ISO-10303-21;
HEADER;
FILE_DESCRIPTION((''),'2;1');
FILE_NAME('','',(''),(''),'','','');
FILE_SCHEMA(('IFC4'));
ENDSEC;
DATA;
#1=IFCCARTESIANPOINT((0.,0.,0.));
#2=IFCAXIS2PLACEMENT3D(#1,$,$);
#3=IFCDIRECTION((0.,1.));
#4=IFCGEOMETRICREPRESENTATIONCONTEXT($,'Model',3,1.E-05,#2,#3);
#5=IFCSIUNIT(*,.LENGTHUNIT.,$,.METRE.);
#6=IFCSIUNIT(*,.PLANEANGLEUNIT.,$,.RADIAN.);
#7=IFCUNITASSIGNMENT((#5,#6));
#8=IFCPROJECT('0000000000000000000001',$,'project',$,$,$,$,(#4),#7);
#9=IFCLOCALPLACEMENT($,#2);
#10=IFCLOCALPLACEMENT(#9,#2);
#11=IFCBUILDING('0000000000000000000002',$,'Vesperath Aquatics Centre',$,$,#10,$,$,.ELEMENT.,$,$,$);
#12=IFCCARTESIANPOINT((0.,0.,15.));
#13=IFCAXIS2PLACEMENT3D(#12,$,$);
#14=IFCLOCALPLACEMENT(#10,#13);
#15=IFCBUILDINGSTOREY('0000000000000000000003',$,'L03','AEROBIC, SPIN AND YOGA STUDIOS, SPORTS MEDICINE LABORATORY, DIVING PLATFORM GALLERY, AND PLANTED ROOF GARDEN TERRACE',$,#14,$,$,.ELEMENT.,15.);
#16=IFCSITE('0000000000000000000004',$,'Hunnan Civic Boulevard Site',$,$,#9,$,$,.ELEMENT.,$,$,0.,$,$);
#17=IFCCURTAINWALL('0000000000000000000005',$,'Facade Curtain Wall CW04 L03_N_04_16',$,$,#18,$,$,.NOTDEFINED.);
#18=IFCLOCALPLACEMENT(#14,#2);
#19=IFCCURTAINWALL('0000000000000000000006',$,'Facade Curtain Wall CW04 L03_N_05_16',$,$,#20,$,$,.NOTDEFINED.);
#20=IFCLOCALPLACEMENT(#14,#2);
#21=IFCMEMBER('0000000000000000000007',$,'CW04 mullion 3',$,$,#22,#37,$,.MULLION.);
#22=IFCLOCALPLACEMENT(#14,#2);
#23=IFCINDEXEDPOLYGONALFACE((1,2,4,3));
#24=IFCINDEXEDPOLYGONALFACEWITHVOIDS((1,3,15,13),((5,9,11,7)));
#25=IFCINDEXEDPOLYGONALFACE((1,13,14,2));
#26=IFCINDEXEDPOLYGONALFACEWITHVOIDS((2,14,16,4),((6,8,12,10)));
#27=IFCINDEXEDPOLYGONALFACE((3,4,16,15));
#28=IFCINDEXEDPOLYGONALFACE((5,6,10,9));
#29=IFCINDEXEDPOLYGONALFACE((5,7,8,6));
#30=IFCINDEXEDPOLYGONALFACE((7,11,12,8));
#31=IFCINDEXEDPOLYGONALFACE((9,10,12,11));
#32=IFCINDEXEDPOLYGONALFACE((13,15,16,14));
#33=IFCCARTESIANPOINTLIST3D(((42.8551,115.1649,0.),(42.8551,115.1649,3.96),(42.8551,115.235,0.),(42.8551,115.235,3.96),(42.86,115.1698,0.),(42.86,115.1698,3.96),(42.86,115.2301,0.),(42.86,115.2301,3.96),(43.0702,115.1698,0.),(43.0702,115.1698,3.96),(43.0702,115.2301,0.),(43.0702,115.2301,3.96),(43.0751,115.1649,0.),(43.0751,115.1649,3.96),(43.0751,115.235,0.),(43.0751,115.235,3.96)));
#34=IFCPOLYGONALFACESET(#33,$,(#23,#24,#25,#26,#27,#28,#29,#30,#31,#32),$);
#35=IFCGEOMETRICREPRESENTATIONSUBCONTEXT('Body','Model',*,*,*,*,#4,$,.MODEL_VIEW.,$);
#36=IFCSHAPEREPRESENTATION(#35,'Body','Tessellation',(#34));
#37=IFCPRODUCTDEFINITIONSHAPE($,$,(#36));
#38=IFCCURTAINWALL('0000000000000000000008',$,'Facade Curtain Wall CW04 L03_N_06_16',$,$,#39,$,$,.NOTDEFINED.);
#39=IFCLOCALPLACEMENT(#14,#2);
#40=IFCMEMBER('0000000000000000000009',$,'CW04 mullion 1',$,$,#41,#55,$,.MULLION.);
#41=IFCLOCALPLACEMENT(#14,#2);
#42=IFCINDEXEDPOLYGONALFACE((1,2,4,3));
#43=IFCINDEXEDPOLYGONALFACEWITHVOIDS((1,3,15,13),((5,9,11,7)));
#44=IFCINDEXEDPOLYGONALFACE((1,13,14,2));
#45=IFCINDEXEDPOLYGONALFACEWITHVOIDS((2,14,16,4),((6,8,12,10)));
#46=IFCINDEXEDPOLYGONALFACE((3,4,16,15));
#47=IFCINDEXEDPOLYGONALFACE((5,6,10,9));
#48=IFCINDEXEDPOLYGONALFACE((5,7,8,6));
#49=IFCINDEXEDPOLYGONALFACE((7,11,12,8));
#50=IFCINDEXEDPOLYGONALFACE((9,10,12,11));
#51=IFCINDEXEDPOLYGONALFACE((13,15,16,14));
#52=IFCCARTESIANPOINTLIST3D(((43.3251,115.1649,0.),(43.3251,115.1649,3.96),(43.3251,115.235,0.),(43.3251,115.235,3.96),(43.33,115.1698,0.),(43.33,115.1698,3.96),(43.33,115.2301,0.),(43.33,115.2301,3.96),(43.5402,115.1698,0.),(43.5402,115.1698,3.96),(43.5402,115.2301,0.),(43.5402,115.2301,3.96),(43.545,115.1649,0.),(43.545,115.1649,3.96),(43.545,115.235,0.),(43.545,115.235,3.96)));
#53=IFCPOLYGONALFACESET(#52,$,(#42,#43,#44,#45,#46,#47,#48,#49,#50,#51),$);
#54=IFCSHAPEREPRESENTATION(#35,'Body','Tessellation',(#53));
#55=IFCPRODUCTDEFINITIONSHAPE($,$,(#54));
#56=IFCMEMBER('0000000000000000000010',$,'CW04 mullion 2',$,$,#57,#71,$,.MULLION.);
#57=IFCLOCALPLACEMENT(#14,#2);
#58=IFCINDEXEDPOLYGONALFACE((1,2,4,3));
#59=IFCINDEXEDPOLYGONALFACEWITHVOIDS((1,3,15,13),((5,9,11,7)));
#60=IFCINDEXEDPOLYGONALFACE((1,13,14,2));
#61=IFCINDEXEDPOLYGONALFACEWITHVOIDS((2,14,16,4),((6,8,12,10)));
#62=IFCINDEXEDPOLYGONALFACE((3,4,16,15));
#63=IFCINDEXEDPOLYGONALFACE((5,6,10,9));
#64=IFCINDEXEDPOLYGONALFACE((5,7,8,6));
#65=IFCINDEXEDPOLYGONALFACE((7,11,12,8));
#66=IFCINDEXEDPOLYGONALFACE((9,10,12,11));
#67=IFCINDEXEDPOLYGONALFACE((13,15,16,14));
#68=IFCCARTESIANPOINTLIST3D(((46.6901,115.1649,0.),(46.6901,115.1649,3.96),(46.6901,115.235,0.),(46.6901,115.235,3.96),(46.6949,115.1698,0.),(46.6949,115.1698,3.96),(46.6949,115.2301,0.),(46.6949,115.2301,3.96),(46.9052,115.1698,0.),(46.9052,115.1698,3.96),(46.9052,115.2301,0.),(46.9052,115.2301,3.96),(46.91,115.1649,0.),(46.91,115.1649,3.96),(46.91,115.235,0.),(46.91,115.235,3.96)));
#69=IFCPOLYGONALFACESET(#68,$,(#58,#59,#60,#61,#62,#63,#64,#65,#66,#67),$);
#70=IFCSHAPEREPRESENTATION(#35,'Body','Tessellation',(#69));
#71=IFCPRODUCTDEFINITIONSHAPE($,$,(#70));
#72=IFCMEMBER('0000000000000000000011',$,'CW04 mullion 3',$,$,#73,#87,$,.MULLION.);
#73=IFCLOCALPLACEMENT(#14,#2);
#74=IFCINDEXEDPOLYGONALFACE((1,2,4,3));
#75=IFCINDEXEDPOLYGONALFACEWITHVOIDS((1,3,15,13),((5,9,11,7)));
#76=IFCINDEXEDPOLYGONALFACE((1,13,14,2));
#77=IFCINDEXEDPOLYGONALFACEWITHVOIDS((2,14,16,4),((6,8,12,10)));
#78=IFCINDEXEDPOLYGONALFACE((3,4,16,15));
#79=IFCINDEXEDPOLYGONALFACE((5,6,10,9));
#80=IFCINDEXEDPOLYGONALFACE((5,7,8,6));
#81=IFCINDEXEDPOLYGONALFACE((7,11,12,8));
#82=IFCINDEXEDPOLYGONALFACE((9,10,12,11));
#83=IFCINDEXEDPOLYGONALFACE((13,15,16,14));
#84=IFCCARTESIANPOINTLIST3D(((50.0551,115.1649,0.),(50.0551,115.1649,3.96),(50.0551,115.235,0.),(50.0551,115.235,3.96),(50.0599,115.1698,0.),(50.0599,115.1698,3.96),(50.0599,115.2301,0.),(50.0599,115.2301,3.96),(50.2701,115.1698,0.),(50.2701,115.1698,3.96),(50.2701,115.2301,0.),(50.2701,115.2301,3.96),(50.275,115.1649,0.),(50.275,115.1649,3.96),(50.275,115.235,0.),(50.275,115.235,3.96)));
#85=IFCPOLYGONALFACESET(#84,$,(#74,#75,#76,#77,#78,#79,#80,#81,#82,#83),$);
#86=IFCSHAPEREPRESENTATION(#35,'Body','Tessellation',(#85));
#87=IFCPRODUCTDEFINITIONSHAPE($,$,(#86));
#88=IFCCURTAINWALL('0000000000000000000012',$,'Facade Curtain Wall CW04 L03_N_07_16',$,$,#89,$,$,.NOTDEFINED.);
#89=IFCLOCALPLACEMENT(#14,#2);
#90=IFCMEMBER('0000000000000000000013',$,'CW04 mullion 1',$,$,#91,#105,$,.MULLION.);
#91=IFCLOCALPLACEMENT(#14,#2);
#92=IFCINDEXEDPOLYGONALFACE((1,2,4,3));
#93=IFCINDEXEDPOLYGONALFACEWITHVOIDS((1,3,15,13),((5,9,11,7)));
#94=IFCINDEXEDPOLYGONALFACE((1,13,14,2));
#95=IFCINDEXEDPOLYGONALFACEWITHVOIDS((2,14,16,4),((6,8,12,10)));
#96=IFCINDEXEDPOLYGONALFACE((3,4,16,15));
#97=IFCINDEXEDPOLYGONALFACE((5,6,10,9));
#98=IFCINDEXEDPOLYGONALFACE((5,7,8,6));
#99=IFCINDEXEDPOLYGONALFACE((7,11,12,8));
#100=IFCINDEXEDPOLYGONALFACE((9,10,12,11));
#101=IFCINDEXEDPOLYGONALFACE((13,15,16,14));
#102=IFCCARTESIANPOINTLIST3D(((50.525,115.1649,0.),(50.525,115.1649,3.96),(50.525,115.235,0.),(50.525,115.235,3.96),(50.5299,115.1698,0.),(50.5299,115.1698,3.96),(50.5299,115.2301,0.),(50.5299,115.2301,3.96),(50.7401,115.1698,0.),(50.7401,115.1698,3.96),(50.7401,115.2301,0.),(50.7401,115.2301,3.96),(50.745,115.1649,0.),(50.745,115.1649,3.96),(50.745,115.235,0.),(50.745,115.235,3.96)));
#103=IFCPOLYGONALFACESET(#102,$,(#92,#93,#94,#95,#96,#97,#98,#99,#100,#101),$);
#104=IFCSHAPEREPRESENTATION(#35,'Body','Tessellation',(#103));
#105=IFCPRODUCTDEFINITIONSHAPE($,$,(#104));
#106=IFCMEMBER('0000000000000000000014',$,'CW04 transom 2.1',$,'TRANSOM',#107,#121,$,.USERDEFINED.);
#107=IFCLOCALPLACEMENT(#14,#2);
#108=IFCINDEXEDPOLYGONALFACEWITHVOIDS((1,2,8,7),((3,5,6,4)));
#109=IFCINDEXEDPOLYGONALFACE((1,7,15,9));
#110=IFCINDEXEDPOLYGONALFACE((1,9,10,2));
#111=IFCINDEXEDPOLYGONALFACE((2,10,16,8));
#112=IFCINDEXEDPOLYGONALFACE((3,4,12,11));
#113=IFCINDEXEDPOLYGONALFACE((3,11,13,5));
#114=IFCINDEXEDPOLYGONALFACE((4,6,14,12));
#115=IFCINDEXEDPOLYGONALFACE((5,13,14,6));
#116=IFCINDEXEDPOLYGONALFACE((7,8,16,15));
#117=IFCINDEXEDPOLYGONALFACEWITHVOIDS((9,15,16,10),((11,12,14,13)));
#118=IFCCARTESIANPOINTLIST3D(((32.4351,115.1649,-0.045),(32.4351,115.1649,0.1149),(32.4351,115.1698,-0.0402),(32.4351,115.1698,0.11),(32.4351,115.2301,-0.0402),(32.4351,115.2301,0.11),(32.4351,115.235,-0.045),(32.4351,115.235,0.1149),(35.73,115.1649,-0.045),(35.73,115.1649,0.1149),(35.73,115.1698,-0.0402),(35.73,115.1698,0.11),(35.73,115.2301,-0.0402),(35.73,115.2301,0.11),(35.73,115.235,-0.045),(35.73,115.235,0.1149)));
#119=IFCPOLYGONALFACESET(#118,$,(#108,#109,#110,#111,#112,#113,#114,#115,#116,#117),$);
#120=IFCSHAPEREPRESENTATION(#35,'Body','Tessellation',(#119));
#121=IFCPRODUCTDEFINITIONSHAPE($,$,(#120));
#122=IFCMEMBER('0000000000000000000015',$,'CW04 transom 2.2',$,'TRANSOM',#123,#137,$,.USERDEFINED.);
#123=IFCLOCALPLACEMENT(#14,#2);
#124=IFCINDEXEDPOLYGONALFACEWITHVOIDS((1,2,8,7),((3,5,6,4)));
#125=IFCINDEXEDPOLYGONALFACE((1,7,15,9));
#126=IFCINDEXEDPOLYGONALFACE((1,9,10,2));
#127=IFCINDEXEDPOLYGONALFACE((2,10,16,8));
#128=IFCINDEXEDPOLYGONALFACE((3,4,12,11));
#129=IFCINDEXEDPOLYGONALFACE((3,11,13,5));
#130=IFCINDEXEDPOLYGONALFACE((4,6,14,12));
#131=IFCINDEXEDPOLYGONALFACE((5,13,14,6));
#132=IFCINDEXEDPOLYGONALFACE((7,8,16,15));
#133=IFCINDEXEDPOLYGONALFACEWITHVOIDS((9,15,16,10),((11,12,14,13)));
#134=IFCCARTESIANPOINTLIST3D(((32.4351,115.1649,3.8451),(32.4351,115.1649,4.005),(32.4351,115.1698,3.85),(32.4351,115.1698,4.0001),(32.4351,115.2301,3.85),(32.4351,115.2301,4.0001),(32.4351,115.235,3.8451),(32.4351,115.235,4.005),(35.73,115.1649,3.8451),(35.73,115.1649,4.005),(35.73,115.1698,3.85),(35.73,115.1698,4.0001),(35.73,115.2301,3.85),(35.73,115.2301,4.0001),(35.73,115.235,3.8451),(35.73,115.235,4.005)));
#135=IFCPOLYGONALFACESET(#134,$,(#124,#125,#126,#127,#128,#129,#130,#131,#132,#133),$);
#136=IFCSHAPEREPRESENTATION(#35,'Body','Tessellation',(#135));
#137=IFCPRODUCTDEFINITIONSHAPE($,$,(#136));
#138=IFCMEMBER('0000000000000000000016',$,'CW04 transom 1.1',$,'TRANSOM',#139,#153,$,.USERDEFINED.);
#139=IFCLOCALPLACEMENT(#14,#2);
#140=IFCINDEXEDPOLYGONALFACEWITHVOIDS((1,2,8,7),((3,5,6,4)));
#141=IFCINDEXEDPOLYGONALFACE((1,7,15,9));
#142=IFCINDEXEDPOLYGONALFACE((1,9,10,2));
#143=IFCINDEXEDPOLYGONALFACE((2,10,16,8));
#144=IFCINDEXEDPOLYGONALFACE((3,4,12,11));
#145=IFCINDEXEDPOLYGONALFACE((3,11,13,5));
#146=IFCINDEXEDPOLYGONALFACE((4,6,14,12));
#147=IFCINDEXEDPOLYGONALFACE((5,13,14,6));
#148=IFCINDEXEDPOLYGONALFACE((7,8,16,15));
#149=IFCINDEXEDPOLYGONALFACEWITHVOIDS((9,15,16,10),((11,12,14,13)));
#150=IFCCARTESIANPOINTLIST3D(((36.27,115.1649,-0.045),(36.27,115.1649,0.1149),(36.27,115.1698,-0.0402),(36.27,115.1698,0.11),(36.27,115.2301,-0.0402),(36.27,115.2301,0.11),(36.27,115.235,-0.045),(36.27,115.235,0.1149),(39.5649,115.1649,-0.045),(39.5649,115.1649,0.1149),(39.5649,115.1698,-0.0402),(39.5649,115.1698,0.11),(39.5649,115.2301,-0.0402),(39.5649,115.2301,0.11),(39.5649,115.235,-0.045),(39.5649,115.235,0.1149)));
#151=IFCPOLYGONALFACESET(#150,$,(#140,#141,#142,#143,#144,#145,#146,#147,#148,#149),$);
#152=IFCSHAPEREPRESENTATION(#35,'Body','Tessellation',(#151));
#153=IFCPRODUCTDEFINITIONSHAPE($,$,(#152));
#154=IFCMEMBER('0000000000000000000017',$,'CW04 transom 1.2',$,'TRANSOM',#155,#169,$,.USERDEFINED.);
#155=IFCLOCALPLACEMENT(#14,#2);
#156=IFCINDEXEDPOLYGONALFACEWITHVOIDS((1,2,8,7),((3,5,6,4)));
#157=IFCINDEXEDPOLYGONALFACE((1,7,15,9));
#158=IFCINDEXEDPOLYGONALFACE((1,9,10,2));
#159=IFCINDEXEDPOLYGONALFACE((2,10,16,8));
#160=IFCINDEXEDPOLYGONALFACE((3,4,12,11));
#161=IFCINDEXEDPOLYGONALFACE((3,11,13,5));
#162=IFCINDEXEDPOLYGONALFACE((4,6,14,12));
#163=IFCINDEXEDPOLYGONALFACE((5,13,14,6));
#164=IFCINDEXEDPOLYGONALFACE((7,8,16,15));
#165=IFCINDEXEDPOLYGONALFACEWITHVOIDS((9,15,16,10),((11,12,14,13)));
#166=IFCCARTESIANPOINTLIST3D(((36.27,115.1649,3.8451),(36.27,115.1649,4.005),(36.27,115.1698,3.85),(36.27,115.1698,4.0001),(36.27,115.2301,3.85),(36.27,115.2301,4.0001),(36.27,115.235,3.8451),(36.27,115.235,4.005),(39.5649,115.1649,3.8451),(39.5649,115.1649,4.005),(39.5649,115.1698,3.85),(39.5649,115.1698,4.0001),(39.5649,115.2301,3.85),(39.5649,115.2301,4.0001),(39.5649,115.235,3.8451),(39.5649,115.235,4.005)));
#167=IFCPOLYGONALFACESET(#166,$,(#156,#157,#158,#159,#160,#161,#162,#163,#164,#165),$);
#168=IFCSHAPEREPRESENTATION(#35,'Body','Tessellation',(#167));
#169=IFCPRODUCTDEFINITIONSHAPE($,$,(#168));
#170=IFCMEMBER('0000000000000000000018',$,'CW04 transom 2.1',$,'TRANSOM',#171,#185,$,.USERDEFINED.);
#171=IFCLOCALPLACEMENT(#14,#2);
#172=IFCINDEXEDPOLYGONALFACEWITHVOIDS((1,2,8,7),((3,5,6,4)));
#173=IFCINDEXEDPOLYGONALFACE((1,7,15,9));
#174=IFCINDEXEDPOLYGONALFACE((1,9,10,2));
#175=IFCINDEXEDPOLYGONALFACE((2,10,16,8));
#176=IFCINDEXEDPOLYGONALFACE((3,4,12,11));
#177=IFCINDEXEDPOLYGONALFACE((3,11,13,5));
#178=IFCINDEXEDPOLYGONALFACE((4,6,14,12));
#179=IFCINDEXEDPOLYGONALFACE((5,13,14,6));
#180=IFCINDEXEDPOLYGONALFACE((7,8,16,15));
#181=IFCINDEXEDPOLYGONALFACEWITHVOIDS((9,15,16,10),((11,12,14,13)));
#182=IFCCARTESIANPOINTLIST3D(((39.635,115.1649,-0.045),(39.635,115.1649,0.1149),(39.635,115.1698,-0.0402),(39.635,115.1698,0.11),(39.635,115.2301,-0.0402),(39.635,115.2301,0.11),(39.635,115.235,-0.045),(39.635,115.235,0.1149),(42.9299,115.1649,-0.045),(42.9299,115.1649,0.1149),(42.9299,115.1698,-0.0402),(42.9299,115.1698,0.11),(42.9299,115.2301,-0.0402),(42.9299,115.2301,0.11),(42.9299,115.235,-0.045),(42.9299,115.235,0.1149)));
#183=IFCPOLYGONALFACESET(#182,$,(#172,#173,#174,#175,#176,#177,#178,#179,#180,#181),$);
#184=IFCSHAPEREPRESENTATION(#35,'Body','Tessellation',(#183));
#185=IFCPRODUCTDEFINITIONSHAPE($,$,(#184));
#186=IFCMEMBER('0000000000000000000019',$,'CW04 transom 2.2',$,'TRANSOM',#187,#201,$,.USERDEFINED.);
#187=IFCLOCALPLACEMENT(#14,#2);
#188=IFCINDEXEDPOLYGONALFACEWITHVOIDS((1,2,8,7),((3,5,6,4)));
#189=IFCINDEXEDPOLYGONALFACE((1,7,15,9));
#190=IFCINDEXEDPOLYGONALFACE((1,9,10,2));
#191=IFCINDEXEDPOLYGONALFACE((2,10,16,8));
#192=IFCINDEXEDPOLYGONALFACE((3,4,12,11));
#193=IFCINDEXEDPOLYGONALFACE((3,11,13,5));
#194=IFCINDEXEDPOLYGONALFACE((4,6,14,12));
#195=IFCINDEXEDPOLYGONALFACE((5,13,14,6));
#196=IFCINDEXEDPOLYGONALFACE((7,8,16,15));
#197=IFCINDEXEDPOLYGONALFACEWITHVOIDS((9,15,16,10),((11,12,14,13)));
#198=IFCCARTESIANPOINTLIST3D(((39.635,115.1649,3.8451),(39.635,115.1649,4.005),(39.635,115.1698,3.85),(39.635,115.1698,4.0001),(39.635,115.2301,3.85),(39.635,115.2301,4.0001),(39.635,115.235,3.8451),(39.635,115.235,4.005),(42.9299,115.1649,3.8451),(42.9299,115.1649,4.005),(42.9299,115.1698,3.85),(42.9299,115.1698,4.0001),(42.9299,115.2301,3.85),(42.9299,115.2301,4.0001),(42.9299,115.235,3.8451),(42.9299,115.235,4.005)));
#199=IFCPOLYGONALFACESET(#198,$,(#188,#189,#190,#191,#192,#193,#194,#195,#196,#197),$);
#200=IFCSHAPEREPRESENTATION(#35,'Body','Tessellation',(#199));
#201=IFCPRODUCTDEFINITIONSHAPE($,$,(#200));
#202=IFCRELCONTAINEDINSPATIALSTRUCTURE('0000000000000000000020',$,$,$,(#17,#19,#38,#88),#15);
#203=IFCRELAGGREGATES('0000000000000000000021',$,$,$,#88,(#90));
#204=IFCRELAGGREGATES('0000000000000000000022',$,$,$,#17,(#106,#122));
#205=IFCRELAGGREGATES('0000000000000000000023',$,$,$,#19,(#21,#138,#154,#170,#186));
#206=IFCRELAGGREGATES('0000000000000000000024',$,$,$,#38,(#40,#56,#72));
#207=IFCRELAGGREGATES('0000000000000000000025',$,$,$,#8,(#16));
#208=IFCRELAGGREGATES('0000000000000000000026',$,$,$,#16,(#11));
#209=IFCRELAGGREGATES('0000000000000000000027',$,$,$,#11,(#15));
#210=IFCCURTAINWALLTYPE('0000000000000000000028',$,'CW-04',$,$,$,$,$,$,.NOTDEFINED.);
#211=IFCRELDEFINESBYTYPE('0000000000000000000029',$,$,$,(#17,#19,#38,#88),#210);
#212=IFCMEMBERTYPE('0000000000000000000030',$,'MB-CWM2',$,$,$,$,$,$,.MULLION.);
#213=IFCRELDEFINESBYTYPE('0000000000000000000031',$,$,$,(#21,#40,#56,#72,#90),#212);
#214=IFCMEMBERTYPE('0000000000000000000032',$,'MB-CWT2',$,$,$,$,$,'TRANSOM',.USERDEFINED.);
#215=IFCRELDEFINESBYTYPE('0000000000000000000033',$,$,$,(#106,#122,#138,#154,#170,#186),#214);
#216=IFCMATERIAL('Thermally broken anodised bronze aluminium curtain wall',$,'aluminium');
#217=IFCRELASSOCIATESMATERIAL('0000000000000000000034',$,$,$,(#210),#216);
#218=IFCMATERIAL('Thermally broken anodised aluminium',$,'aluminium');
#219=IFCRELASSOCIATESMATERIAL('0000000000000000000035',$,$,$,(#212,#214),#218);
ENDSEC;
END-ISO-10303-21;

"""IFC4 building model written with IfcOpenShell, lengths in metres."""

from ifc_helpers import new_model, si_unit, direction, frame, origin, origin_2d, place, context, subcontext, project, spatial, hollow_rectangle, extrude, material, material_profile, profile_set, type_object, element, aggregate, save


model = new_model("IFC4")

# Units and contexts
model_context = context("Model", 3, precision=1e-05, world=origin(), true_north=direction((0.0, 1.0)))
body_context = subcontext(model_context, "Body", "Model", "MODEL_VIEW")
ifc_project = project(units=[si_unit("LENGTHUNIT", "METRE"), si_unit("PLANEANGLEUNIT", "RADIAN")], contexts=[model_context])

# Site, building, storey
site_placement = place(None, origin())
site = spatial("IfcSite", under=ifc_project, at=site_placement, Name="Hunnan Civic Boulevard Site", CompositionType="ELEMENT", RefElevation=0.0)
building_placement = place(site_placement, origin())
building = spatial("IfcBuilding", under=site, at=building_placement, Name="Vesperath Aquatics Centre", CompositionType="ELEMENT")
storey_placement = place(building_placement, frame((0.0, 0.0, 15.0)))
storey = spatial("IfcBuildingStorey", under=building, at=storey_placement, Name="L03", Description="AEROBIC, SPIN AND YOGA STUDIOS, SPORTS MEDICINE LABORATORY, DIVING PLATFORM GALLERY, AND PLANTED ROOF GARDEN TERRACE", CompositionType="ELEMENT", Elevation=15.0)

# Curtain wall
ifc_material_1 = material(Name="Thermally broken anodised bronze aluminium curtain wall", Category="aluminium")
curtain_wall_type = type_object("IfcCurtainWallType", Name="CW-04", PredefinedType="NOTDEFINED", material=ifc_material_1)
curtain_wall_1_placement = place(storey_placement, origin())
curtain_wall_1 = element("IfcCurtainWall", 1, at=curtain_wall_1_placement, inside=storey, type_object=curtain_wall_type, Name="Facade Curtain Wall CW04 L03_N_04_16", PredefinedType="NOTDEFINED")
ifc_material_2 = material(Name="Thermally broken anodised aluminium", Category="aluminium")
ifc_material_profile_1 = material_profile(ifc_material_2, hollow_rectangle(XDim=0.0701, YDim=0.22, WallThickness=0.0049, at=origin_2d()), Name="CWM 70x220x5")
ifc_profile_set_1 = profile_set([ifc_material_profile_1], Name="Thermally broken anodised aluminium")
member_type_1 = type_object("IfcMemberType", Name="MB-CWM2", PredefinedType="MULLION", material=ifc_profile_set_1)

# Curtain walls, members
curtain_wall_2_placement = place(storey_placement, origin())
curtain_wall_2 = element("IfcCurtainWall", 2, at=curtain_wall_2_placement, inside=storey, type_object=curtain_wall_type, Name="Facade Curtain Wall CW04 L03_N_05_16", PredefinedType="NOTDEFINED")
member_1_placement = place(storey_placement, frame((42.9651, 115.2, 0.0), z_axis=(0.0, 0.0, 1.0), x_axis=(0.0, 1.0, 0.0)))
member_1 = element("IfcMember", 3, at=member_1_placement, type_object=member_type_1, Name="CW04 mullion 3", PredefinedType="MULLION", context=body_context, shape_type="SweptSolid", body=[
    extrude(hollow_rectangle(XDim=0.0701, YDim=0.22, WallThickness=0.0049, at=origin_2d()), origin(), (0.0, 0.0, 1.0), 3.96),
])
curtain_wall_3_placement = place(storey_placement, origin())
curtain_wall_3 = element("IfcCurtainWall", 4, at=curtain_wall_3_placement, inside=storey, type_object=curtain_wall_type, Name="Facade Curtain Wall CW04 L03_N_06_16", PredefinedType="NOTDEFINED")
member_2_placement = place(storey_placement, frame((43.4351, 115.2, 0.0), z_axis=(0.0, 0.0, 1.0), x_axis=(0.0, 1.0, 0.0)))
member_2 = element("IfcMember", 5, at=member_2_placement, type_object=member_type_1, Name="CW04 mullion 1", PredefinedType="MULLION", context=body_context, shape_type="SweptSolid", body=[
    extrude(hollow_rectangle(XDim=0.0701, YDim=0.22, WallThickness=0.0049, at=origin_2d()), origin(), (0.0, 0.0, 1.0), 3.96),
])
member_3_placement = place(storey_placement, frame((46.8, 115.2, 0.0), z_axis=(0.0, 0.0, 1.0), x_axis=(0.0, 1.0, 0.0)))
member_3 = element("IfcMember", 6, at=member_3_placement, type_object=member_type_1, Name="CW04 mullion 2", PredefinedType="MULLION", context=body_context, shape_type="SweptSolid", body=[
    extrude(hollow_rectangle(XDim=0.0701, YDim=0.22, WallThickness=0.0049, at=origin_2d()), origin(), (0.0, 0.0, 1.0), 3.96),
])
member_4_placement = place(storey_placement, frame((50.165, 115.2, 0.0), z_axis=(0.0, 0.0, 1.0), x_axis=(0.0, 1.0, 0.0)))
member_4 = element("IfcMember", 7, at=member_4_placement, type_object=member_type_1, Name="CW04 mullion 3", PredefinedType="MULLION", context=body_context, shape_type="SweptSolid", body=[
    extrude(hollow_rectangle(XDim=0.0701, YDim=0.22, WallThickness=0.0049, at=origin_2d()), origin(), (0.0, 0.0, 1.0), 3.96),
])

# Curtain wall, member
curtain_wall_4_placement = place(storey_placement, origin())
curtain_wall_4 = element("IfcCurtainWall", 8, at=curtain_wall_4_placement, inside=storey, type_object=curtain_wall_type, Name="Facade Curtain Wall CW04 L03_N_07_16", PredefinedType="NOTDEFINED")
member_5_placement = place(storey_placement, frame((50.635, 115.2, 0.0), z_axis=(0.0, 0.0, 1.0), x_axis=(0.0, 1.0, 0.0)))
member_5 = element("IfcMember", 9, at=member_5_placement, type_object=member_type_1, Name="CW04 mullion 1", PredefinedType="MULLION", context=body_context, shape_type="SweptSolid", body=[
    extrude(hollow_rectangle(XDim=0.0701, YDim=0.22, WallThickness=0.0049, at=origin_2d()), origin(), (0.0, 0.0, 1.0), 3.96),
])
aggregate(curtain_wall_4, [member_5])

# Members
ifc_material_profile_2 = material_profile(ifc_material_2, hollow_rectangle(XDim=0.0701, YDim=0.1599, WallThickness=0.0049, at=origin_2d()), Name="CWT 70x160x5")
ifc_profile_set_2 = profile_set([ifc_material_profile_2], Name="Thermally broken anodised aluminium")
member_type_2 = type_object("IfcMemberType", Name="MB-CWT2", ElementType="TRANSOM", PredefinedType="USERDEFINED", material=ifc_profile_set_2)
member_6_placement = place(storey_placement, frame((32.4351, 115.2, 0.0349), z_axis=(1.0, 0.0, 0.0), x_axis=(0.0, 1.0, 0.0)))
member_6 = element("IfcMember", 10, at=member_6_placement, type_object=member_type_2, Name="CW04 transom 2.1", ObjectType="TRANSOM", PredefinedType="USERDEFINED", context=body_context, shape_type="SweptSolid", body=[
    extrude(hollow_rectangle(XDim=0.0701, YDim=0.1599, WallThickness=0.0049, at=origin_2d()), origin(), (0.0, 0.0, 1.0), 3.2949),
])
member_7_placement = place(storey_placement, frame((32.4351, 115.2, 3.925), z_axis=(1.0, 0.0, 0.0), x_axis=(0.0, 1.0, 0.0)))
member_7 = element("IfcMember", 11, at=member_7_placement, type_object=member_type_2, Name="CW04 transom 2.2", ObjectType="TRANSOM", PredefinedType="USERDEFINED", context=body_context, shape_type="SweptSolid", body=[
    extrude(hollow_rectangle(XDim=0.0701, YDim=0.1599, WallThickness=0.0049, at=origin_2d()), origin(), (0.0, 0.0, 1.0), 3.2949),
])
member_8_placement = place(storey_placement, frame((36.27, 115.2, 0.0349), z_axis=(1.0, 0.0, 0.0), x_axis=(0.0, 1.0, 0.0)))
member_8 = element("IfcMember", 12, at=member_8_placement, type_object=member_type_2, Name="CW04 transom 1.1", ObjectType="TRANSOM", PredefinedType="USERDEFINED", context=body_context, shape_type="SweptSolid", body=[
    extrude(hollow_rectangle(XDim=0.0701, YDim=0.1599, WallThickness=0.0049, at=origin_2d()), origin(), (0.0, 0.0, 1.0), 3.2949),
])
member_9_placement = place(storey_placement, frame((36.27, 115.2, 3.925), z_axis=(1.0, 0.0, 0.0), x_axis=(0.0, 1.0, 0.0)))
member_9 = element("IfcMember", 13, at=member_9_placement, type_object=member_type_2, Name="CW04 transom 1.2", ObjectType="TRANSOM", PredefinedType="USERDEFINED", context=body_context, shape_type="SweptSolid", body=[
    extrude(hollow_rectangle(XDim=0.0701, YDim=0.1599, WallThickness=0.0049, at=origin_2d()), origin(), (0.0, 0.0, 1.0), 3.2949),
])
member_10_placement = place(storey_placement, frame((39.635, 115.2, 0.0349), z_axis=(1.0, 0.0, 0.0), x_axis=(0.0, 1.0, 0.0)))
member_10 = element("IfcMember", 14, at=member_10_placement, type_object=member_type_2, Name="CW04 transom 2.1", ObjectType="TRANSOM", PredefinedType="USERDEFINED", context=body_context, shape_type="SweptSolid", body=[
    extrude(hollow_rectangle(XDim=0.0701, YDim=0.1599, WallThickness=0.0049, at=origin_2d()), origin(), (0.0, 0.0, 1.0), 3.2949),
])
member_11_placement = place(storey_placement, frame((39.635, 115.2, 3.925), z_axis=(1.0, 0.0, 0.0), x_axis=(0.0, 1.0, 0.0)))
member_11 = element("IfcMember", 15, at=member_11_placement, type_object=member_type_2, Name="CW04 transom 2.2", ObjectType="TRANSOM", PredefinedType="USERDEFINED", context=body_context, shape_type="SweptSolid", body=[
    extrude(hollow_rectangle(XDim=0.0701, YDim=0.1599, WallThickness=0.0049, at=origin_2d()), origin(), (0.0, 0.0, 1.0), 3.2949),
])

aggregate(curtain_wall_1, [member_6, member_7])
aggregate(curtain_wall_2, [member_1, member_8, member_9, member_10, member_11])
aggregate(curtain_wall_3, [member_2, member_3, member_4])

save(model, "model.ifc")
